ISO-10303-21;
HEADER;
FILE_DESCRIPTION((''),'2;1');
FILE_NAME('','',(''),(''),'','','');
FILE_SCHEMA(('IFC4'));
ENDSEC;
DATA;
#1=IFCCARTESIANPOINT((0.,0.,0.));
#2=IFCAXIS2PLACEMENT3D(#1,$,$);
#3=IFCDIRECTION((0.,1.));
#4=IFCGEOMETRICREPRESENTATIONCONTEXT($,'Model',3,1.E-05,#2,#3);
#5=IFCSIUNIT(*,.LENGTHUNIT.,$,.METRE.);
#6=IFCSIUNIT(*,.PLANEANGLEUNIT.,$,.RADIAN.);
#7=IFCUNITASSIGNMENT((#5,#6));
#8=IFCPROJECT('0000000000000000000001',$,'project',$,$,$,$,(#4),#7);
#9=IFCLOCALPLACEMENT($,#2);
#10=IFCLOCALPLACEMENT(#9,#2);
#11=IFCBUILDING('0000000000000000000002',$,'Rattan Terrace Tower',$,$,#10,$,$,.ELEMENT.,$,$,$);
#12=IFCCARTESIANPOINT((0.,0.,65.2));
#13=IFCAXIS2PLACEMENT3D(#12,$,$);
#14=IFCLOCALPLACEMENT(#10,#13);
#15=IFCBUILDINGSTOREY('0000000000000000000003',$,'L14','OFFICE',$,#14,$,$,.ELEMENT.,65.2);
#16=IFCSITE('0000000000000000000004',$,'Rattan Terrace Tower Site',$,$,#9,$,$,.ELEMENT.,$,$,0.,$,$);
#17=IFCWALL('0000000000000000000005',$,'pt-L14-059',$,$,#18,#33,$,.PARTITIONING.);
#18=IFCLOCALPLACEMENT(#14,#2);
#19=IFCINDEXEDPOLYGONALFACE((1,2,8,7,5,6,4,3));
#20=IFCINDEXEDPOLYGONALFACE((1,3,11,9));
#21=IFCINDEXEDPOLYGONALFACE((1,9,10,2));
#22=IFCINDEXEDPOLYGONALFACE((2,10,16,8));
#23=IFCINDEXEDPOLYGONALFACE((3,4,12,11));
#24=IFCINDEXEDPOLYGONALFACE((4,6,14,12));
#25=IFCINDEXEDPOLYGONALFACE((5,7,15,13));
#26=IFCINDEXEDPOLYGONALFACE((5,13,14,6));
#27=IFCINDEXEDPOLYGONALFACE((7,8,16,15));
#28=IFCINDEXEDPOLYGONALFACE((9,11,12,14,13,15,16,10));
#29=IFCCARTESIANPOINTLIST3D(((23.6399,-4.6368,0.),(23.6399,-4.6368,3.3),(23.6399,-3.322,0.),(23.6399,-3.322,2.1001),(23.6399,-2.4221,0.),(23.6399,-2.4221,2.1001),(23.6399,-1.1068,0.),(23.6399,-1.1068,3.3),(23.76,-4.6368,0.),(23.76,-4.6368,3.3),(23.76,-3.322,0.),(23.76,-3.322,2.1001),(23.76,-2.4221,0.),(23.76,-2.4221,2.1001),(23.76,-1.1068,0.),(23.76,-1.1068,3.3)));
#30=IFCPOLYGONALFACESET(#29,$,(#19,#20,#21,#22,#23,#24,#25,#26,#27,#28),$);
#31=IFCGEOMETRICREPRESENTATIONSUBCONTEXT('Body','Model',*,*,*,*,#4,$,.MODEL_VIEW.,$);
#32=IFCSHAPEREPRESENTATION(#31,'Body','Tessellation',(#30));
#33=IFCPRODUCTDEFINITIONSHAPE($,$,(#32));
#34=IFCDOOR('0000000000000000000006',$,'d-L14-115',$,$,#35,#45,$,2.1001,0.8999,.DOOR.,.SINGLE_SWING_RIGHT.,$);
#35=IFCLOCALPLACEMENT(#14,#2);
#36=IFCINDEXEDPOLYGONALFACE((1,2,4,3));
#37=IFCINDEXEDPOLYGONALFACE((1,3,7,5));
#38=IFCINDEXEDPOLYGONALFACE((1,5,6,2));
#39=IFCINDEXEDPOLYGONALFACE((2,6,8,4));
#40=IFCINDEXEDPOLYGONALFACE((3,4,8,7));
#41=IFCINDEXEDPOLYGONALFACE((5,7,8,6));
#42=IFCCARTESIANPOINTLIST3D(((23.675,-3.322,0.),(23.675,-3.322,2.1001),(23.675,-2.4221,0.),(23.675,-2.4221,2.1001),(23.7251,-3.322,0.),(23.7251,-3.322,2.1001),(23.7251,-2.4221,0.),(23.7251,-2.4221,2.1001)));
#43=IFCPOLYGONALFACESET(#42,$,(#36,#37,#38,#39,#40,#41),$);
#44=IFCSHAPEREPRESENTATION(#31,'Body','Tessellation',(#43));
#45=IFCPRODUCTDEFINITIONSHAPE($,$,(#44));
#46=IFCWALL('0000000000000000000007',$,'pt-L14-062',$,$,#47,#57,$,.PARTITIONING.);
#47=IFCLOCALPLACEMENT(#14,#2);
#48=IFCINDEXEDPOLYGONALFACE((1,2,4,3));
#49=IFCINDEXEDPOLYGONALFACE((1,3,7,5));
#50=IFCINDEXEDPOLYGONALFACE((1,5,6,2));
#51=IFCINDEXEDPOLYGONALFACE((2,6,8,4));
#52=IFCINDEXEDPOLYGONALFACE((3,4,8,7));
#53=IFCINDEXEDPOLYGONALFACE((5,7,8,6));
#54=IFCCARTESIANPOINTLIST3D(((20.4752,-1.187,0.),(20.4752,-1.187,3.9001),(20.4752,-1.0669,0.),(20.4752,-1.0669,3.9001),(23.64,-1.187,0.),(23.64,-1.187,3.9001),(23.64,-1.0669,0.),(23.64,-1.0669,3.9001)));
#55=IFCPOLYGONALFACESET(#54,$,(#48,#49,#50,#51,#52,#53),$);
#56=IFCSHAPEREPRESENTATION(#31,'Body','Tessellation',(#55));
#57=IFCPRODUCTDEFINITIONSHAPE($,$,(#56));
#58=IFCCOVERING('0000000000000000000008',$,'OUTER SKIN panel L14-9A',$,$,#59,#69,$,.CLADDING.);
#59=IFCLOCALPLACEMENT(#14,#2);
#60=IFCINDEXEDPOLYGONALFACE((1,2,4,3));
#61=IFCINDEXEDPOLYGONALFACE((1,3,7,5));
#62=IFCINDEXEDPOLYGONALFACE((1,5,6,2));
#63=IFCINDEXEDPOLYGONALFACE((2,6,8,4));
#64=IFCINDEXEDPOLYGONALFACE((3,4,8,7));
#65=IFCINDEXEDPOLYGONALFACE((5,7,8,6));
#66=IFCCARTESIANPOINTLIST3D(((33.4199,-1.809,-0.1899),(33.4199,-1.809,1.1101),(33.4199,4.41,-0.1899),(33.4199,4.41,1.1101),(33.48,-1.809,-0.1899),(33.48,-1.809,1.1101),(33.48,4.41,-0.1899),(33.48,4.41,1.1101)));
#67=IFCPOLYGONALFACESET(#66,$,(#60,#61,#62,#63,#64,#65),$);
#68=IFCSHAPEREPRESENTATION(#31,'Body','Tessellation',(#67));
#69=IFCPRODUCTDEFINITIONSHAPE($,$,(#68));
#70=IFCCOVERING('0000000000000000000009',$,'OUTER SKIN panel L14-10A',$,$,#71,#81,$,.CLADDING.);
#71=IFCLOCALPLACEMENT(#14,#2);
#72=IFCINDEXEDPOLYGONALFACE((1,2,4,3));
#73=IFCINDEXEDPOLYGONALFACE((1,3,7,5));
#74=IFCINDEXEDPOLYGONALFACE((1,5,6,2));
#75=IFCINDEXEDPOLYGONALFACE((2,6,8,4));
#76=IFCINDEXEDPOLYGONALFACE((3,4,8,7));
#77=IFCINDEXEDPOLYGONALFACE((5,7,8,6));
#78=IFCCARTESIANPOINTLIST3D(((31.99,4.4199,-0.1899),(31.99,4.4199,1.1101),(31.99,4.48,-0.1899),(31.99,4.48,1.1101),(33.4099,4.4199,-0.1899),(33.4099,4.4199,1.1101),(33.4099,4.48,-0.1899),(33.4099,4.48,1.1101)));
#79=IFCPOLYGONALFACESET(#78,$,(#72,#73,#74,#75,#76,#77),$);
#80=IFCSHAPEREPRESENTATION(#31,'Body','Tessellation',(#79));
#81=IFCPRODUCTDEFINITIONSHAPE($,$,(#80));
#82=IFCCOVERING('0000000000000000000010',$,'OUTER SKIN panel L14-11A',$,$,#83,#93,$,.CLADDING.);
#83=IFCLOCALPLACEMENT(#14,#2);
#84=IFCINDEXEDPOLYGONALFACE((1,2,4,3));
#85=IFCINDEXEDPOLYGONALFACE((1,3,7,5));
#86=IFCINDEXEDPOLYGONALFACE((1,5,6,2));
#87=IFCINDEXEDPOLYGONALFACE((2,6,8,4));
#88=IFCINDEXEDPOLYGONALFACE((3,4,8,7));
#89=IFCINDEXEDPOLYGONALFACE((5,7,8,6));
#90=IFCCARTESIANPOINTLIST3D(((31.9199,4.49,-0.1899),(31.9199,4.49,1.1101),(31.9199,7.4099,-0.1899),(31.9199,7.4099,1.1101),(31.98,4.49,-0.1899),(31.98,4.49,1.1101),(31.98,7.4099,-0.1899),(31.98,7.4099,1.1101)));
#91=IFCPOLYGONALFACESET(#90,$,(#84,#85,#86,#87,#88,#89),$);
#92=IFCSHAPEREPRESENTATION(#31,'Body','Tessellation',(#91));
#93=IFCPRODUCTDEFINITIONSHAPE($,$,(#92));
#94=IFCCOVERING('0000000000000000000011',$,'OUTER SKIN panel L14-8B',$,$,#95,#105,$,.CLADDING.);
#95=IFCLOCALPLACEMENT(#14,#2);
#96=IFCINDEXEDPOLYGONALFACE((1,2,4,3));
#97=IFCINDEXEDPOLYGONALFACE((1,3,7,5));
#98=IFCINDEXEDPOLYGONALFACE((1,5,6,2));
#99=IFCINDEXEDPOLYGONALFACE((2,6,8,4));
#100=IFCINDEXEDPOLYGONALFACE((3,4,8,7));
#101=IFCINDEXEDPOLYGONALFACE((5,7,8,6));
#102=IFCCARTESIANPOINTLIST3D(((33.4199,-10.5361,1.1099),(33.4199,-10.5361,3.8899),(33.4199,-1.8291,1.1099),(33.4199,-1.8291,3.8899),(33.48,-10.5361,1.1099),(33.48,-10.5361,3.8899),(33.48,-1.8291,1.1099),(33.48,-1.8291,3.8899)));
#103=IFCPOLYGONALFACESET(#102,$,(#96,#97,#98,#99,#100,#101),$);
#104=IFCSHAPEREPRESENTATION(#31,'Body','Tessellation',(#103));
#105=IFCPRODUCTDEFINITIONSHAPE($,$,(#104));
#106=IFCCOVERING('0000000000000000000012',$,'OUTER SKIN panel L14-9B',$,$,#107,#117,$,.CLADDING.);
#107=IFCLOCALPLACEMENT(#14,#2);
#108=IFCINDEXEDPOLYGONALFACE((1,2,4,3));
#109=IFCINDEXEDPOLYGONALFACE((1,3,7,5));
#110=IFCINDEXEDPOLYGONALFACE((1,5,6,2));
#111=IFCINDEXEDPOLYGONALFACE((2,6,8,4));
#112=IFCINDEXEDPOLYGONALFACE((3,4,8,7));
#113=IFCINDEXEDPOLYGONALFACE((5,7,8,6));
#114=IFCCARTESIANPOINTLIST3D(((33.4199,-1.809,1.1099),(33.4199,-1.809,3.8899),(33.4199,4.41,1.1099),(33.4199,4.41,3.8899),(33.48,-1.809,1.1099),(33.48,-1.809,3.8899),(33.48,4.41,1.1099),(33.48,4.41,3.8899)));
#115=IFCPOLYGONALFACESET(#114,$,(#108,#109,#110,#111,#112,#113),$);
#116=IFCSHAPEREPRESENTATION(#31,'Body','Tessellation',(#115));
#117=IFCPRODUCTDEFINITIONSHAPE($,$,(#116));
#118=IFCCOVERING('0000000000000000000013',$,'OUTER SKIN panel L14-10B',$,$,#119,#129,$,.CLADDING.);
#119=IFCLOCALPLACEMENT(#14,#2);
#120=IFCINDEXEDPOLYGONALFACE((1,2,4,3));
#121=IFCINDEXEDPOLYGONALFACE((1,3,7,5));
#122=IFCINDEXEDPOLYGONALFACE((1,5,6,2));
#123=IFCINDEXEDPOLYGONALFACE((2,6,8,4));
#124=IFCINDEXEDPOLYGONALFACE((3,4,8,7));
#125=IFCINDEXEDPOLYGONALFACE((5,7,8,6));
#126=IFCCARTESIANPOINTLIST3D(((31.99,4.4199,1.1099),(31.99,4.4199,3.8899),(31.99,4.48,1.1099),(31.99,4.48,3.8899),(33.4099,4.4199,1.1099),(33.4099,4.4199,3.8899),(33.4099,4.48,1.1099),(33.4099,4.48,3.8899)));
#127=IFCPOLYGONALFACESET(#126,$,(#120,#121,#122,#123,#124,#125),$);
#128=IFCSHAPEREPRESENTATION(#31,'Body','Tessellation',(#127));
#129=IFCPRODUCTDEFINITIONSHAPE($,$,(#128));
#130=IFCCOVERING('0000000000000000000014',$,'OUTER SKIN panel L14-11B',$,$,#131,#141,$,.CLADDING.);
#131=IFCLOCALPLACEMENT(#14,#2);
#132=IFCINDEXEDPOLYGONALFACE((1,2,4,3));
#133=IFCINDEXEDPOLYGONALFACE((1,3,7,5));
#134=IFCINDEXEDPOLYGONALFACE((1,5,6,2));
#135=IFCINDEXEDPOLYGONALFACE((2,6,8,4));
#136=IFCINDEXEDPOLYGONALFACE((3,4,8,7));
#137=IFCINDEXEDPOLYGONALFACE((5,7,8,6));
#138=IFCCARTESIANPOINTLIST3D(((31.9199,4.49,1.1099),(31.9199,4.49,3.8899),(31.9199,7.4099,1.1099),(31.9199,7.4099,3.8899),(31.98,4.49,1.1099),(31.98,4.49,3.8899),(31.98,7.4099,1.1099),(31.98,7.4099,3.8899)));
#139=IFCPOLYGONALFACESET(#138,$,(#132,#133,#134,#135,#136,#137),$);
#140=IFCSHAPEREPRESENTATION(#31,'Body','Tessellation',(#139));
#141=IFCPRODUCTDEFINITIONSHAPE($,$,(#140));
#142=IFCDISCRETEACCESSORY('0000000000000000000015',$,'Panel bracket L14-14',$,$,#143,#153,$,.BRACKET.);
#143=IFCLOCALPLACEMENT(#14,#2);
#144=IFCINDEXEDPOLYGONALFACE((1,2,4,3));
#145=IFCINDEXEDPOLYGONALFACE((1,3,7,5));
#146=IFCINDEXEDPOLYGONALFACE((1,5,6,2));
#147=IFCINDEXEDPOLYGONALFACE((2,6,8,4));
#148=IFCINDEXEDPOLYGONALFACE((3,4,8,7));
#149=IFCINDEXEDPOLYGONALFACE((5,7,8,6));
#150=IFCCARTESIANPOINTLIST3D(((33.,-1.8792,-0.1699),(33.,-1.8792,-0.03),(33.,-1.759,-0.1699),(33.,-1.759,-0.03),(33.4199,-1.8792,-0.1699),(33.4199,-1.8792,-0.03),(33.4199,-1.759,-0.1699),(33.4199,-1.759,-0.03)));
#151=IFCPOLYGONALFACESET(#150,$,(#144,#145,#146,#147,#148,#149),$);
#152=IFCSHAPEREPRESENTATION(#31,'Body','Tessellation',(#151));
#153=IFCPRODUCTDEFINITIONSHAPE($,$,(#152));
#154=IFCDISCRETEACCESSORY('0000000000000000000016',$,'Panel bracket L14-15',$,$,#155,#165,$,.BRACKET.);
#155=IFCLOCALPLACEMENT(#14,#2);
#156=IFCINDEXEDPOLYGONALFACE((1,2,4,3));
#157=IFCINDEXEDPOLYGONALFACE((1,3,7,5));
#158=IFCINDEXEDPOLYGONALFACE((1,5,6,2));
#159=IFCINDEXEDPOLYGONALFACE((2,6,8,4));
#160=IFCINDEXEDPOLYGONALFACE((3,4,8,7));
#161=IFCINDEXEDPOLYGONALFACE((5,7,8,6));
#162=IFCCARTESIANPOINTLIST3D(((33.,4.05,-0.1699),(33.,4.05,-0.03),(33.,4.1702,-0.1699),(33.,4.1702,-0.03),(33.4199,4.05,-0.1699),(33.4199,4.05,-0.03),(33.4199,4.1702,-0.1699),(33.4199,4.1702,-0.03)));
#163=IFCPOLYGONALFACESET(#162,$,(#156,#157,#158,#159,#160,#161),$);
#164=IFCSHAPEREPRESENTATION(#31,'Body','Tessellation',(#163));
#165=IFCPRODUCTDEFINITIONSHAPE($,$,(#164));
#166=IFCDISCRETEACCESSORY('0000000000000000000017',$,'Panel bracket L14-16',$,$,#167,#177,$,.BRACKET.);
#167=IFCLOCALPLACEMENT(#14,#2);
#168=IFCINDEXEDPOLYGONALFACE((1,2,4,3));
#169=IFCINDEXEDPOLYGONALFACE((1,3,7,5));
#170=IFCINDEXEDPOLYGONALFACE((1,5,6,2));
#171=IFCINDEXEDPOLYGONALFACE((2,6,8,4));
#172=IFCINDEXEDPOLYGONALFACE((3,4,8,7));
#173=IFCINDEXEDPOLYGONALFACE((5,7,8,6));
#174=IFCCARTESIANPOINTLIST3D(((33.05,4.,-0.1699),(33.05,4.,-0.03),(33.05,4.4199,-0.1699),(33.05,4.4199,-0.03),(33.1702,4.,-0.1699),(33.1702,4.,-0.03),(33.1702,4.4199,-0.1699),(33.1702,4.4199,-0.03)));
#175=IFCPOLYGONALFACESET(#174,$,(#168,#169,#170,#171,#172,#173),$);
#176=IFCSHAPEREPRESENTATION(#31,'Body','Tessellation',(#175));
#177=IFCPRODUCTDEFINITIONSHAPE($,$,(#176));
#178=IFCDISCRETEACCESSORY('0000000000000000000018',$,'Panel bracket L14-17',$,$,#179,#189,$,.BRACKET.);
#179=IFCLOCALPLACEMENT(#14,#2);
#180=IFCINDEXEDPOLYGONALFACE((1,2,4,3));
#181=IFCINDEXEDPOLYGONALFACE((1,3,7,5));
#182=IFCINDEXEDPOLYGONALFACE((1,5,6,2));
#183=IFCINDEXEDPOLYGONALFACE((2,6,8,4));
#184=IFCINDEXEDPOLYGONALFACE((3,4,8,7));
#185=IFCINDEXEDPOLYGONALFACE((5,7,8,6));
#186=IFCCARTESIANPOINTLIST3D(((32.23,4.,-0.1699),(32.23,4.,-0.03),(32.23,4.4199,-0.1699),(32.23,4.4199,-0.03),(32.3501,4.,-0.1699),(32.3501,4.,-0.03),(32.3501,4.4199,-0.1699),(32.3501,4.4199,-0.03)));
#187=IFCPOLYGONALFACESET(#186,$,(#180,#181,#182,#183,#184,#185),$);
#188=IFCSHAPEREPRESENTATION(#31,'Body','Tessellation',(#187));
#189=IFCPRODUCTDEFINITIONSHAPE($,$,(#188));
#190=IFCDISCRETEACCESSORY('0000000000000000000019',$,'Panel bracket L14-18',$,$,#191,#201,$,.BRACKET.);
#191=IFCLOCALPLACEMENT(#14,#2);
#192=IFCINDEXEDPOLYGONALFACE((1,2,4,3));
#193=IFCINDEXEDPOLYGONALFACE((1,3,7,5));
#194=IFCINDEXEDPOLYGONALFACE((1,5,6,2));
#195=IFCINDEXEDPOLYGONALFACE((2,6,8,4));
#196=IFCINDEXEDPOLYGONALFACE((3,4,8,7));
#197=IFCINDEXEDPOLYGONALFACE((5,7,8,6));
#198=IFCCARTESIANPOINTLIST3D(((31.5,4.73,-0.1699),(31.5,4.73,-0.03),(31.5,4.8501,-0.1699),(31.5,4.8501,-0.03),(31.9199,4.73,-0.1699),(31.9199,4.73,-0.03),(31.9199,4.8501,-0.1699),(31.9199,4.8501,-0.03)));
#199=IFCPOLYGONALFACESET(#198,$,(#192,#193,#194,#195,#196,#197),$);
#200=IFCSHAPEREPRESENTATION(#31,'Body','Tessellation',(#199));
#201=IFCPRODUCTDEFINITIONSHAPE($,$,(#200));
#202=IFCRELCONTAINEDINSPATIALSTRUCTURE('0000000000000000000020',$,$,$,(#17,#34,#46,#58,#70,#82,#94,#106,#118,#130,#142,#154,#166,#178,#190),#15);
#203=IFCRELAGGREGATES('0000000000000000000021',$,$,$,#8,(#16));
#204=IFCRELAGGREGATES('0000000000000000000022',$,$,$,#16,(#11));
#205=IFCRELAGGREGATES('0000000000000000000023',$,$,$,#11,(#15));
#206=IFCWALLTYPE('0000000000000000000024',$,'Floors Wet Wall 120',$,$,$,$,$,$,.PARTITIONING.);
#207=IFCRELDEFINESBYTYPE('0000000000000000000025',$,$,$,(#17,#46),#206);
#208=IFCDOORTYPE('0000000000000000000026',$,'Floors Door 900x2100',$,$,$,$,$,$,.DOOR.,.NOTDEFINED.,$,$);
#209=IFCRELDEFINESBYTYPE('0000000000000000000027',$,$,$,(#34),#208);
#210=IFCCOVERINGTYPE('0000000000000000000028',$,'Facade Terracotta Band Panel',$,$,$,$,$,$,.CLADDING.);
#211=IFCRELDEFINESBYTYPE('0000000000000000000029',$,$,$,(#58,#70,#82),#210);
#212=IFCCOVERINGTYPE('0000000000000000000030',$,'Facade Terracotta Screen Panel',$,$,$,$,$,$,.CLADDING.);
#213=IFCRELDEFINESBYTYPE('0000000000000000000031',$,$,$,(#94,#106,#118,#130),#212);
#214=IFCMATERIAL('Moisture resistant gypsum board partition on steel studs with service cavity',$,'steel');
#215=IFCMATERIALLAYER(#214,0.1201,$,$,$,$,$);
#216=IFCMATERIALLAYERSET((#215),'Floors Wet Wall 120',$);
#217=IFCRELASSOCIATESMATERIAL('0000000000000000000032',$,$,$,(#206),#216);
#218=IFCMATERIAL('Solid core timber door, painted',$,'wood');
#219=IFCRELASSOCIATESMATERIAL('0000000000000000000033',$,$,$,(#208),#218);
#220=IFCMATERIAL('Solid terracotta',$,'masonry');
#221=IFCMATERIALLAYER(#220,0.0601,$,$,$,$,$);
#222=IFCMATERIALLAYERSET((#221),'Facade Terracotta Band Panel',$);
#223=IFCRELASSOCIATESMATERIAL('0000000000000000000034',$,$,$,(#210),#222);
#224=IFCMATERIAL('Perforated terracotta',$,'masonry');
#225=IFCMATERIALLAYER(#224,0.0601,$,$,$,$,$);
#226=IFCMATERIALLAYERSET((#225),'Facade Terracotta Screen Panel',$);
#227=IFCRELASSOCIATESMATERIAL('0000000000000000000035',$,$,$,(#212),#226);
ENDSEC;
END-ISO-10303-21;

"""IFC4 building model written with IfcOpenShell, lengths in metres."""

from ifc_helpers import new_model, si_unit, direction, frame, frame_2d, origin, origin_2d, place, context, subcontext, project, spatial, rectangle, extrude, material, layer, layer_set, type_object, element, fill, save


model = new_model("IFC4")

# Units and contexts
model_context = context("Model", 3, precision=1e-05, world=origin(), true_north=direction((0.0, 1.0)))
body_context = subcontext(model_context, "Body", "Model", "MODEL_VIEW")
ifc_project = project(units=[si_unit("LENGTHUNIT", "METRE"), si_unit("PLANEANGLEUNIT", "RADIAN")], contexts=[model_context])

# Site, building, storey
site_placement = place(None, origin())
site = spatial("IfcSite", under=ifc_project, at=site_placement, Name="Rattan Terrace Tower Site", CompositionType="ELEMENT", RefElevation=0.0)
building_placement = place(site_placement, origin())
building = spatial("IfcBuilding", under=site, at=building_placement, Name="Rattan Terrace Tower", CompositionType="ELEMENT")
storey_placement = place(building_placement, frame((0.0, 0.0, 65.2)))
storey = spatial("IfcBuildingStorey", under=building, at=storey_placement, Name="L14", Description="OFFICE", CompositionType="ELEMENT", Elevation=65.2)

# Wall, opening, door
ifc_material_1 = material(Name="Moisture resistant gypsum board partition on steel studs with service cavity", Category="steel")
ifc_layer_1 = layer(ifc_material_1, 0.1201)
ifc_layer_set_1 = layer_set([ifc_layer_1], Name="Floors Wet Wall 120")
wall_type_1 = type_object("IfcWallType", Name="Floors Wet Wall 120", PredefinedType="PARTITIONING", material=ifc_layer_set_1)
wall_1_placement = place(storey_placement, frame((23.7, -4.637, 0.0), z_axis=(0.0, 0.0, 1.0), x_axis=(0.0, 1.0, 0.0)))
wall_1 = element("IfcWall", 1, at=wall_1_placement, inside=storey, type_object=wall_type_1, Name="pt-L14-059", PredefinedType="PARTITIONING", context=body_context, shape_type="SweptSolid", body=[
    extrude(rectangle(XDim=3.53, YDim=0.1201, at=frame_2d((1.7651, 0.0))), origin(), (0.0, 0.0, 1.0), 3.3),
])
opening_1_placement = place(wall_1_placement, frame((1.3149, 0.0, 0.0)))
opening_1 = element("IfcOpeningElement", 2, at=opening_1_placement, cuts=wall_1, PredefinedType="OPENING", context=body_context, shape_type="SweptSolid", body=[
    extrude(rectangle(XDim=0.8999, YDim=2.1001, at=frame_2d((0.45, 1.05))), frame((0.0, 0.0706, 0.0), z_axis=(0.0, -1.0, 0.0), x_axis=(1.0, 0.0, 0.0)), (0.0, 0.0, 1.0), 0.1411),
])
ifc_material_2 = material(Name="Solid core timber door, painted", Category="wood")
door_type_1 = type_object("IfcDoorType", Name="Floors Door 900x2100", OperationType="NOTDEFINED", PredefinedType="DOOR", material=ifc_material_2)
door_1_placement = place(opening_1_placement, origin())
door_1 = element("IfcDoor", 3, at=door_1_placement, inside=storey, type_object=door_type_1, Name="d-L14-115", OperationType="SINGLE_SWING_RIGHT", OverallHeight=2.1001, OverallWidth=0.8999, PredefinedType="DOOR", context=body_context, shape_type="SweptSolid", body=[
    extrude(rectangle(XDim=0.8999, YDim=2.1001, at=frame_2d((0.45, 1.05))), frame((0.0, 0.0249, 0.0), z_axis=(0.0, -1.0, 0.0), x_axis=(1.0, 0.0, 0.0)), (0.0, 0.0, 1.0), 0.05),
])
fill(opening_1, door_1)

# Wall
wall_2_placement = place(storey_placement, frame((20.4751, -1.127, 0.0), z_axis=(0.0, 0.0, 1.0), x_axis=(1.0, 0.0, 0.0)))
element("IfcWall", 4, at=wall_2_placement, inside=storey, type_object=wall_type_1, Name="pt-L14-062", PredefinedType="PARTITIONING", context=body_context, shape_type="SweptSolid", body=[
    extrude(rectangle(XDim=3.1648, YDim=0.1201, at=frame_2d((1.5825, 0.0))), origin(), (0.0, 0.0, 1.0), 3.9001),
])

# Coverings
ifc_material_3 = material(Name="Solid terracotta", Category="masonry")
ifc_layer_2 = layer(ifc_material_3, 0.0601)
ifc_layer_set_2 = layer_set([ifc_layer_2], Name="Facade Terracotta Band Panel")
covering_type_1 = type_object("IfcCoveringType", Name="Facade Terracotta Band Panel", PredefinedType="CLADDING", material=ifc_layer_set_2)
covering_1_placement = place(storey_placement, frame((33.45, 1.3005, -0.1899), z_axis=(0.0, 0.0, 1.0), x_axis=(0.0, 1.0, 0.0)))
element("IfcCovering", 5, at=covering_1_placement, inside=storey, type_object=covering_type_1, Name="OUTER SKIN panel L14-9A", PredefinedType="CLADDING", context=body_context, shape_type="SweptSolid", body=[
    extrude(rectangle(XDim=6.219, YDim=0.0601, at=origin_2d()), origin(), (0.0, 0.0, 1.0), 1.3),
])
covering_2_placement = place(storey_placement, frame((32.7, 4.45, -0.1899), z_axis=(0.0, 0.0, 1.0), x_axis=(-1.0, 0.0, 0.0)))
element("IfcCovering", 6, at=covering_2_placement, inside=storey, type_object=covering_type_1, Name="OUTER SKIN panel L14-10A", PredefinedType="CLADDING", context=body_context, shape_type="SweptSolid", body=[
    extrude(rectangle(XDim=1.4199, YDim=0.0601, at=origin_2d()), origin(), (0.0, 0.0, 1.0), 1.3),
])
covering_3_placement = place(storey_placement, frame((31.95, 5.95, -0.1899), z_axis=(0.0, 0.0, 1.0), x_axis=(0.0, 1.0, 0.0)))
element("IfcCovering", 7, at=covering_3_placement, inside=storey, type_object=covering_type_1, Name="OUTER SKIN panel L14-11A", PredefinedType="CLADDING", context=body_context, shape_type="SweptSolid", body=[
    extrude(rectangle(XDim=2.9199, YDim=0.0601, at=origin_2d()), origin(), (0.0, 0.0, 1.0), 1.3),
])
ifc_material_4 = material(Name="Perforated terracotta", Category="masonry")
ifc_layer_3 = layer(ifc_material_4, 0.0601)
ifc_layer_set_3 = layer_set([ifc_layer_3], Name="Facade Terracotta Screen Panel")
covering_type_2 = type_object("IfcCoveringType", Name="Facade Terracotta Screen Panel", PredefinedType="CLADDING", material=ifc_layer_set_3)
covering_4_placement = place(storey_placement, frame((33.45, -6.1826, 1.1099), z_axis=(0.0, 0.0, 1.0), x_axis=(0.0, 1.0, 0.0)))
element("IfcCovering", 8, at=covering_4_placement, inside=storey, type_object=covering_type_2, Name="OUTER SKIN panel L14-8B", PredefinedType="CLADDING", context=body_context, shape_type="SweptSolid", body=[
    extrude(rectangle(XDim=8.707, YDim=0.0601, at=origin_2d()), origin(), (0.0, 0.0, 1.0), 2.78),
])
covering_5_placement = place(storey_placement, frame((33.45, 1.3005, 1.1099), z_axis=(0.0, 0.0, 1.0), x_axis=(0.0, 1.0, 0.0)))
element("IfcCovering", 9, at=covering_5_placement, inside=storey, type_object=covering_type_2, Name="OUTER SKIN panel L14-9B", PredefinedType="CLADDING", context=body_context, shape_type="SweptSolid", body=[
    extrude(rectangle(XDim=6.219, YDim=0.0601, at=origin_2d()), origin(), (0.0, 0.0, 1.0), 2.78),
])
covering_6_placement = place(storey_placement, frame((32.7, 4.45, 1.1099), z_axis=(0.0, 0.0, 1.0), x_axis=(-1.0, 0.0, 0.0)))
element("IfcCovering", 10, at=covering_6_placement, inside=storey, type_object=covering_type_2, Name="OUTER SKIN panel L14-10B", PredefinedType="CLADDING", context=body_context, shape_type="SweptSolid", body=[
    extrude(rectangle(XDim=1.4199, YDim=0.0601, at=origin_2d()), origin(), (0.0, 0.0, 1.0), 2.78),
])
covering_7_placement = place(storey_placement, frame((31.95, 5.95, 1.1099), z_axis=(0.0, 0.0, 1.0), x_axis=(0.0, 1.0, 0.0)))
element("IfcCovering", 11, at=covering_7_placement, inside=storey, type_object=covering_type_2, Name="OUTER SKIN panel L14-11B", PredefinedType="CLADDING", context=body_context, shape_type="SweptSolid", body=[
    extrude(rectangle(XDim=2.9199, YDim=0.0601, at=origin_2d()), origin(), (0.0, 0.0, 1.0), 2.78),
])

# Discrete accessories
for number, where, z_axis, x_axis, name in (
    (12, (33.21, -1.8191, -0.1699), (0.0, 0.0, 1.0), (0.0, 1.0, 0.0), "Panel bracket L14-14"),
    (13, (33.21, 4.1101, -0.1699), (0.0, 0.0, 1.0), (0.0, 1.0, 0.0), "Panel bracket L14-15"),
    (14, (33.1101, 4.21, -0.1699), (0.0, 0.0, 1.0), (-1.0, 0.0, 0.0), "Panel bracket L14-16"),
    (15, (32.29, 4.21, -0.1699), (0.0, 0.0, 1.0), (-1.0, 0.0, 0.0), "Panel bracket L14-17"),
    (16, (31.71, 4.79, -0.1699), (0.0, 0.0, 1.0), (0.0, 1.0, 0.0), "Panel bracket L14-18"),
):
    element("IfcDiscreteAccessory", number, at=place(storey_placement, frame(where, z_axis=z_axis, x_axis=x_axis)), inside=storey, Name=name, PredefinedType="BRACKET", context=body_context, shape_type="SweptSolid", body=[
        extrude(rectangle(XDim=0.1201, YDim=0.4199, at=origin_2d()), origin(), (0.0, 0.0, 1.0), 0.1399),
    ])

save(model, "model.ifc")
